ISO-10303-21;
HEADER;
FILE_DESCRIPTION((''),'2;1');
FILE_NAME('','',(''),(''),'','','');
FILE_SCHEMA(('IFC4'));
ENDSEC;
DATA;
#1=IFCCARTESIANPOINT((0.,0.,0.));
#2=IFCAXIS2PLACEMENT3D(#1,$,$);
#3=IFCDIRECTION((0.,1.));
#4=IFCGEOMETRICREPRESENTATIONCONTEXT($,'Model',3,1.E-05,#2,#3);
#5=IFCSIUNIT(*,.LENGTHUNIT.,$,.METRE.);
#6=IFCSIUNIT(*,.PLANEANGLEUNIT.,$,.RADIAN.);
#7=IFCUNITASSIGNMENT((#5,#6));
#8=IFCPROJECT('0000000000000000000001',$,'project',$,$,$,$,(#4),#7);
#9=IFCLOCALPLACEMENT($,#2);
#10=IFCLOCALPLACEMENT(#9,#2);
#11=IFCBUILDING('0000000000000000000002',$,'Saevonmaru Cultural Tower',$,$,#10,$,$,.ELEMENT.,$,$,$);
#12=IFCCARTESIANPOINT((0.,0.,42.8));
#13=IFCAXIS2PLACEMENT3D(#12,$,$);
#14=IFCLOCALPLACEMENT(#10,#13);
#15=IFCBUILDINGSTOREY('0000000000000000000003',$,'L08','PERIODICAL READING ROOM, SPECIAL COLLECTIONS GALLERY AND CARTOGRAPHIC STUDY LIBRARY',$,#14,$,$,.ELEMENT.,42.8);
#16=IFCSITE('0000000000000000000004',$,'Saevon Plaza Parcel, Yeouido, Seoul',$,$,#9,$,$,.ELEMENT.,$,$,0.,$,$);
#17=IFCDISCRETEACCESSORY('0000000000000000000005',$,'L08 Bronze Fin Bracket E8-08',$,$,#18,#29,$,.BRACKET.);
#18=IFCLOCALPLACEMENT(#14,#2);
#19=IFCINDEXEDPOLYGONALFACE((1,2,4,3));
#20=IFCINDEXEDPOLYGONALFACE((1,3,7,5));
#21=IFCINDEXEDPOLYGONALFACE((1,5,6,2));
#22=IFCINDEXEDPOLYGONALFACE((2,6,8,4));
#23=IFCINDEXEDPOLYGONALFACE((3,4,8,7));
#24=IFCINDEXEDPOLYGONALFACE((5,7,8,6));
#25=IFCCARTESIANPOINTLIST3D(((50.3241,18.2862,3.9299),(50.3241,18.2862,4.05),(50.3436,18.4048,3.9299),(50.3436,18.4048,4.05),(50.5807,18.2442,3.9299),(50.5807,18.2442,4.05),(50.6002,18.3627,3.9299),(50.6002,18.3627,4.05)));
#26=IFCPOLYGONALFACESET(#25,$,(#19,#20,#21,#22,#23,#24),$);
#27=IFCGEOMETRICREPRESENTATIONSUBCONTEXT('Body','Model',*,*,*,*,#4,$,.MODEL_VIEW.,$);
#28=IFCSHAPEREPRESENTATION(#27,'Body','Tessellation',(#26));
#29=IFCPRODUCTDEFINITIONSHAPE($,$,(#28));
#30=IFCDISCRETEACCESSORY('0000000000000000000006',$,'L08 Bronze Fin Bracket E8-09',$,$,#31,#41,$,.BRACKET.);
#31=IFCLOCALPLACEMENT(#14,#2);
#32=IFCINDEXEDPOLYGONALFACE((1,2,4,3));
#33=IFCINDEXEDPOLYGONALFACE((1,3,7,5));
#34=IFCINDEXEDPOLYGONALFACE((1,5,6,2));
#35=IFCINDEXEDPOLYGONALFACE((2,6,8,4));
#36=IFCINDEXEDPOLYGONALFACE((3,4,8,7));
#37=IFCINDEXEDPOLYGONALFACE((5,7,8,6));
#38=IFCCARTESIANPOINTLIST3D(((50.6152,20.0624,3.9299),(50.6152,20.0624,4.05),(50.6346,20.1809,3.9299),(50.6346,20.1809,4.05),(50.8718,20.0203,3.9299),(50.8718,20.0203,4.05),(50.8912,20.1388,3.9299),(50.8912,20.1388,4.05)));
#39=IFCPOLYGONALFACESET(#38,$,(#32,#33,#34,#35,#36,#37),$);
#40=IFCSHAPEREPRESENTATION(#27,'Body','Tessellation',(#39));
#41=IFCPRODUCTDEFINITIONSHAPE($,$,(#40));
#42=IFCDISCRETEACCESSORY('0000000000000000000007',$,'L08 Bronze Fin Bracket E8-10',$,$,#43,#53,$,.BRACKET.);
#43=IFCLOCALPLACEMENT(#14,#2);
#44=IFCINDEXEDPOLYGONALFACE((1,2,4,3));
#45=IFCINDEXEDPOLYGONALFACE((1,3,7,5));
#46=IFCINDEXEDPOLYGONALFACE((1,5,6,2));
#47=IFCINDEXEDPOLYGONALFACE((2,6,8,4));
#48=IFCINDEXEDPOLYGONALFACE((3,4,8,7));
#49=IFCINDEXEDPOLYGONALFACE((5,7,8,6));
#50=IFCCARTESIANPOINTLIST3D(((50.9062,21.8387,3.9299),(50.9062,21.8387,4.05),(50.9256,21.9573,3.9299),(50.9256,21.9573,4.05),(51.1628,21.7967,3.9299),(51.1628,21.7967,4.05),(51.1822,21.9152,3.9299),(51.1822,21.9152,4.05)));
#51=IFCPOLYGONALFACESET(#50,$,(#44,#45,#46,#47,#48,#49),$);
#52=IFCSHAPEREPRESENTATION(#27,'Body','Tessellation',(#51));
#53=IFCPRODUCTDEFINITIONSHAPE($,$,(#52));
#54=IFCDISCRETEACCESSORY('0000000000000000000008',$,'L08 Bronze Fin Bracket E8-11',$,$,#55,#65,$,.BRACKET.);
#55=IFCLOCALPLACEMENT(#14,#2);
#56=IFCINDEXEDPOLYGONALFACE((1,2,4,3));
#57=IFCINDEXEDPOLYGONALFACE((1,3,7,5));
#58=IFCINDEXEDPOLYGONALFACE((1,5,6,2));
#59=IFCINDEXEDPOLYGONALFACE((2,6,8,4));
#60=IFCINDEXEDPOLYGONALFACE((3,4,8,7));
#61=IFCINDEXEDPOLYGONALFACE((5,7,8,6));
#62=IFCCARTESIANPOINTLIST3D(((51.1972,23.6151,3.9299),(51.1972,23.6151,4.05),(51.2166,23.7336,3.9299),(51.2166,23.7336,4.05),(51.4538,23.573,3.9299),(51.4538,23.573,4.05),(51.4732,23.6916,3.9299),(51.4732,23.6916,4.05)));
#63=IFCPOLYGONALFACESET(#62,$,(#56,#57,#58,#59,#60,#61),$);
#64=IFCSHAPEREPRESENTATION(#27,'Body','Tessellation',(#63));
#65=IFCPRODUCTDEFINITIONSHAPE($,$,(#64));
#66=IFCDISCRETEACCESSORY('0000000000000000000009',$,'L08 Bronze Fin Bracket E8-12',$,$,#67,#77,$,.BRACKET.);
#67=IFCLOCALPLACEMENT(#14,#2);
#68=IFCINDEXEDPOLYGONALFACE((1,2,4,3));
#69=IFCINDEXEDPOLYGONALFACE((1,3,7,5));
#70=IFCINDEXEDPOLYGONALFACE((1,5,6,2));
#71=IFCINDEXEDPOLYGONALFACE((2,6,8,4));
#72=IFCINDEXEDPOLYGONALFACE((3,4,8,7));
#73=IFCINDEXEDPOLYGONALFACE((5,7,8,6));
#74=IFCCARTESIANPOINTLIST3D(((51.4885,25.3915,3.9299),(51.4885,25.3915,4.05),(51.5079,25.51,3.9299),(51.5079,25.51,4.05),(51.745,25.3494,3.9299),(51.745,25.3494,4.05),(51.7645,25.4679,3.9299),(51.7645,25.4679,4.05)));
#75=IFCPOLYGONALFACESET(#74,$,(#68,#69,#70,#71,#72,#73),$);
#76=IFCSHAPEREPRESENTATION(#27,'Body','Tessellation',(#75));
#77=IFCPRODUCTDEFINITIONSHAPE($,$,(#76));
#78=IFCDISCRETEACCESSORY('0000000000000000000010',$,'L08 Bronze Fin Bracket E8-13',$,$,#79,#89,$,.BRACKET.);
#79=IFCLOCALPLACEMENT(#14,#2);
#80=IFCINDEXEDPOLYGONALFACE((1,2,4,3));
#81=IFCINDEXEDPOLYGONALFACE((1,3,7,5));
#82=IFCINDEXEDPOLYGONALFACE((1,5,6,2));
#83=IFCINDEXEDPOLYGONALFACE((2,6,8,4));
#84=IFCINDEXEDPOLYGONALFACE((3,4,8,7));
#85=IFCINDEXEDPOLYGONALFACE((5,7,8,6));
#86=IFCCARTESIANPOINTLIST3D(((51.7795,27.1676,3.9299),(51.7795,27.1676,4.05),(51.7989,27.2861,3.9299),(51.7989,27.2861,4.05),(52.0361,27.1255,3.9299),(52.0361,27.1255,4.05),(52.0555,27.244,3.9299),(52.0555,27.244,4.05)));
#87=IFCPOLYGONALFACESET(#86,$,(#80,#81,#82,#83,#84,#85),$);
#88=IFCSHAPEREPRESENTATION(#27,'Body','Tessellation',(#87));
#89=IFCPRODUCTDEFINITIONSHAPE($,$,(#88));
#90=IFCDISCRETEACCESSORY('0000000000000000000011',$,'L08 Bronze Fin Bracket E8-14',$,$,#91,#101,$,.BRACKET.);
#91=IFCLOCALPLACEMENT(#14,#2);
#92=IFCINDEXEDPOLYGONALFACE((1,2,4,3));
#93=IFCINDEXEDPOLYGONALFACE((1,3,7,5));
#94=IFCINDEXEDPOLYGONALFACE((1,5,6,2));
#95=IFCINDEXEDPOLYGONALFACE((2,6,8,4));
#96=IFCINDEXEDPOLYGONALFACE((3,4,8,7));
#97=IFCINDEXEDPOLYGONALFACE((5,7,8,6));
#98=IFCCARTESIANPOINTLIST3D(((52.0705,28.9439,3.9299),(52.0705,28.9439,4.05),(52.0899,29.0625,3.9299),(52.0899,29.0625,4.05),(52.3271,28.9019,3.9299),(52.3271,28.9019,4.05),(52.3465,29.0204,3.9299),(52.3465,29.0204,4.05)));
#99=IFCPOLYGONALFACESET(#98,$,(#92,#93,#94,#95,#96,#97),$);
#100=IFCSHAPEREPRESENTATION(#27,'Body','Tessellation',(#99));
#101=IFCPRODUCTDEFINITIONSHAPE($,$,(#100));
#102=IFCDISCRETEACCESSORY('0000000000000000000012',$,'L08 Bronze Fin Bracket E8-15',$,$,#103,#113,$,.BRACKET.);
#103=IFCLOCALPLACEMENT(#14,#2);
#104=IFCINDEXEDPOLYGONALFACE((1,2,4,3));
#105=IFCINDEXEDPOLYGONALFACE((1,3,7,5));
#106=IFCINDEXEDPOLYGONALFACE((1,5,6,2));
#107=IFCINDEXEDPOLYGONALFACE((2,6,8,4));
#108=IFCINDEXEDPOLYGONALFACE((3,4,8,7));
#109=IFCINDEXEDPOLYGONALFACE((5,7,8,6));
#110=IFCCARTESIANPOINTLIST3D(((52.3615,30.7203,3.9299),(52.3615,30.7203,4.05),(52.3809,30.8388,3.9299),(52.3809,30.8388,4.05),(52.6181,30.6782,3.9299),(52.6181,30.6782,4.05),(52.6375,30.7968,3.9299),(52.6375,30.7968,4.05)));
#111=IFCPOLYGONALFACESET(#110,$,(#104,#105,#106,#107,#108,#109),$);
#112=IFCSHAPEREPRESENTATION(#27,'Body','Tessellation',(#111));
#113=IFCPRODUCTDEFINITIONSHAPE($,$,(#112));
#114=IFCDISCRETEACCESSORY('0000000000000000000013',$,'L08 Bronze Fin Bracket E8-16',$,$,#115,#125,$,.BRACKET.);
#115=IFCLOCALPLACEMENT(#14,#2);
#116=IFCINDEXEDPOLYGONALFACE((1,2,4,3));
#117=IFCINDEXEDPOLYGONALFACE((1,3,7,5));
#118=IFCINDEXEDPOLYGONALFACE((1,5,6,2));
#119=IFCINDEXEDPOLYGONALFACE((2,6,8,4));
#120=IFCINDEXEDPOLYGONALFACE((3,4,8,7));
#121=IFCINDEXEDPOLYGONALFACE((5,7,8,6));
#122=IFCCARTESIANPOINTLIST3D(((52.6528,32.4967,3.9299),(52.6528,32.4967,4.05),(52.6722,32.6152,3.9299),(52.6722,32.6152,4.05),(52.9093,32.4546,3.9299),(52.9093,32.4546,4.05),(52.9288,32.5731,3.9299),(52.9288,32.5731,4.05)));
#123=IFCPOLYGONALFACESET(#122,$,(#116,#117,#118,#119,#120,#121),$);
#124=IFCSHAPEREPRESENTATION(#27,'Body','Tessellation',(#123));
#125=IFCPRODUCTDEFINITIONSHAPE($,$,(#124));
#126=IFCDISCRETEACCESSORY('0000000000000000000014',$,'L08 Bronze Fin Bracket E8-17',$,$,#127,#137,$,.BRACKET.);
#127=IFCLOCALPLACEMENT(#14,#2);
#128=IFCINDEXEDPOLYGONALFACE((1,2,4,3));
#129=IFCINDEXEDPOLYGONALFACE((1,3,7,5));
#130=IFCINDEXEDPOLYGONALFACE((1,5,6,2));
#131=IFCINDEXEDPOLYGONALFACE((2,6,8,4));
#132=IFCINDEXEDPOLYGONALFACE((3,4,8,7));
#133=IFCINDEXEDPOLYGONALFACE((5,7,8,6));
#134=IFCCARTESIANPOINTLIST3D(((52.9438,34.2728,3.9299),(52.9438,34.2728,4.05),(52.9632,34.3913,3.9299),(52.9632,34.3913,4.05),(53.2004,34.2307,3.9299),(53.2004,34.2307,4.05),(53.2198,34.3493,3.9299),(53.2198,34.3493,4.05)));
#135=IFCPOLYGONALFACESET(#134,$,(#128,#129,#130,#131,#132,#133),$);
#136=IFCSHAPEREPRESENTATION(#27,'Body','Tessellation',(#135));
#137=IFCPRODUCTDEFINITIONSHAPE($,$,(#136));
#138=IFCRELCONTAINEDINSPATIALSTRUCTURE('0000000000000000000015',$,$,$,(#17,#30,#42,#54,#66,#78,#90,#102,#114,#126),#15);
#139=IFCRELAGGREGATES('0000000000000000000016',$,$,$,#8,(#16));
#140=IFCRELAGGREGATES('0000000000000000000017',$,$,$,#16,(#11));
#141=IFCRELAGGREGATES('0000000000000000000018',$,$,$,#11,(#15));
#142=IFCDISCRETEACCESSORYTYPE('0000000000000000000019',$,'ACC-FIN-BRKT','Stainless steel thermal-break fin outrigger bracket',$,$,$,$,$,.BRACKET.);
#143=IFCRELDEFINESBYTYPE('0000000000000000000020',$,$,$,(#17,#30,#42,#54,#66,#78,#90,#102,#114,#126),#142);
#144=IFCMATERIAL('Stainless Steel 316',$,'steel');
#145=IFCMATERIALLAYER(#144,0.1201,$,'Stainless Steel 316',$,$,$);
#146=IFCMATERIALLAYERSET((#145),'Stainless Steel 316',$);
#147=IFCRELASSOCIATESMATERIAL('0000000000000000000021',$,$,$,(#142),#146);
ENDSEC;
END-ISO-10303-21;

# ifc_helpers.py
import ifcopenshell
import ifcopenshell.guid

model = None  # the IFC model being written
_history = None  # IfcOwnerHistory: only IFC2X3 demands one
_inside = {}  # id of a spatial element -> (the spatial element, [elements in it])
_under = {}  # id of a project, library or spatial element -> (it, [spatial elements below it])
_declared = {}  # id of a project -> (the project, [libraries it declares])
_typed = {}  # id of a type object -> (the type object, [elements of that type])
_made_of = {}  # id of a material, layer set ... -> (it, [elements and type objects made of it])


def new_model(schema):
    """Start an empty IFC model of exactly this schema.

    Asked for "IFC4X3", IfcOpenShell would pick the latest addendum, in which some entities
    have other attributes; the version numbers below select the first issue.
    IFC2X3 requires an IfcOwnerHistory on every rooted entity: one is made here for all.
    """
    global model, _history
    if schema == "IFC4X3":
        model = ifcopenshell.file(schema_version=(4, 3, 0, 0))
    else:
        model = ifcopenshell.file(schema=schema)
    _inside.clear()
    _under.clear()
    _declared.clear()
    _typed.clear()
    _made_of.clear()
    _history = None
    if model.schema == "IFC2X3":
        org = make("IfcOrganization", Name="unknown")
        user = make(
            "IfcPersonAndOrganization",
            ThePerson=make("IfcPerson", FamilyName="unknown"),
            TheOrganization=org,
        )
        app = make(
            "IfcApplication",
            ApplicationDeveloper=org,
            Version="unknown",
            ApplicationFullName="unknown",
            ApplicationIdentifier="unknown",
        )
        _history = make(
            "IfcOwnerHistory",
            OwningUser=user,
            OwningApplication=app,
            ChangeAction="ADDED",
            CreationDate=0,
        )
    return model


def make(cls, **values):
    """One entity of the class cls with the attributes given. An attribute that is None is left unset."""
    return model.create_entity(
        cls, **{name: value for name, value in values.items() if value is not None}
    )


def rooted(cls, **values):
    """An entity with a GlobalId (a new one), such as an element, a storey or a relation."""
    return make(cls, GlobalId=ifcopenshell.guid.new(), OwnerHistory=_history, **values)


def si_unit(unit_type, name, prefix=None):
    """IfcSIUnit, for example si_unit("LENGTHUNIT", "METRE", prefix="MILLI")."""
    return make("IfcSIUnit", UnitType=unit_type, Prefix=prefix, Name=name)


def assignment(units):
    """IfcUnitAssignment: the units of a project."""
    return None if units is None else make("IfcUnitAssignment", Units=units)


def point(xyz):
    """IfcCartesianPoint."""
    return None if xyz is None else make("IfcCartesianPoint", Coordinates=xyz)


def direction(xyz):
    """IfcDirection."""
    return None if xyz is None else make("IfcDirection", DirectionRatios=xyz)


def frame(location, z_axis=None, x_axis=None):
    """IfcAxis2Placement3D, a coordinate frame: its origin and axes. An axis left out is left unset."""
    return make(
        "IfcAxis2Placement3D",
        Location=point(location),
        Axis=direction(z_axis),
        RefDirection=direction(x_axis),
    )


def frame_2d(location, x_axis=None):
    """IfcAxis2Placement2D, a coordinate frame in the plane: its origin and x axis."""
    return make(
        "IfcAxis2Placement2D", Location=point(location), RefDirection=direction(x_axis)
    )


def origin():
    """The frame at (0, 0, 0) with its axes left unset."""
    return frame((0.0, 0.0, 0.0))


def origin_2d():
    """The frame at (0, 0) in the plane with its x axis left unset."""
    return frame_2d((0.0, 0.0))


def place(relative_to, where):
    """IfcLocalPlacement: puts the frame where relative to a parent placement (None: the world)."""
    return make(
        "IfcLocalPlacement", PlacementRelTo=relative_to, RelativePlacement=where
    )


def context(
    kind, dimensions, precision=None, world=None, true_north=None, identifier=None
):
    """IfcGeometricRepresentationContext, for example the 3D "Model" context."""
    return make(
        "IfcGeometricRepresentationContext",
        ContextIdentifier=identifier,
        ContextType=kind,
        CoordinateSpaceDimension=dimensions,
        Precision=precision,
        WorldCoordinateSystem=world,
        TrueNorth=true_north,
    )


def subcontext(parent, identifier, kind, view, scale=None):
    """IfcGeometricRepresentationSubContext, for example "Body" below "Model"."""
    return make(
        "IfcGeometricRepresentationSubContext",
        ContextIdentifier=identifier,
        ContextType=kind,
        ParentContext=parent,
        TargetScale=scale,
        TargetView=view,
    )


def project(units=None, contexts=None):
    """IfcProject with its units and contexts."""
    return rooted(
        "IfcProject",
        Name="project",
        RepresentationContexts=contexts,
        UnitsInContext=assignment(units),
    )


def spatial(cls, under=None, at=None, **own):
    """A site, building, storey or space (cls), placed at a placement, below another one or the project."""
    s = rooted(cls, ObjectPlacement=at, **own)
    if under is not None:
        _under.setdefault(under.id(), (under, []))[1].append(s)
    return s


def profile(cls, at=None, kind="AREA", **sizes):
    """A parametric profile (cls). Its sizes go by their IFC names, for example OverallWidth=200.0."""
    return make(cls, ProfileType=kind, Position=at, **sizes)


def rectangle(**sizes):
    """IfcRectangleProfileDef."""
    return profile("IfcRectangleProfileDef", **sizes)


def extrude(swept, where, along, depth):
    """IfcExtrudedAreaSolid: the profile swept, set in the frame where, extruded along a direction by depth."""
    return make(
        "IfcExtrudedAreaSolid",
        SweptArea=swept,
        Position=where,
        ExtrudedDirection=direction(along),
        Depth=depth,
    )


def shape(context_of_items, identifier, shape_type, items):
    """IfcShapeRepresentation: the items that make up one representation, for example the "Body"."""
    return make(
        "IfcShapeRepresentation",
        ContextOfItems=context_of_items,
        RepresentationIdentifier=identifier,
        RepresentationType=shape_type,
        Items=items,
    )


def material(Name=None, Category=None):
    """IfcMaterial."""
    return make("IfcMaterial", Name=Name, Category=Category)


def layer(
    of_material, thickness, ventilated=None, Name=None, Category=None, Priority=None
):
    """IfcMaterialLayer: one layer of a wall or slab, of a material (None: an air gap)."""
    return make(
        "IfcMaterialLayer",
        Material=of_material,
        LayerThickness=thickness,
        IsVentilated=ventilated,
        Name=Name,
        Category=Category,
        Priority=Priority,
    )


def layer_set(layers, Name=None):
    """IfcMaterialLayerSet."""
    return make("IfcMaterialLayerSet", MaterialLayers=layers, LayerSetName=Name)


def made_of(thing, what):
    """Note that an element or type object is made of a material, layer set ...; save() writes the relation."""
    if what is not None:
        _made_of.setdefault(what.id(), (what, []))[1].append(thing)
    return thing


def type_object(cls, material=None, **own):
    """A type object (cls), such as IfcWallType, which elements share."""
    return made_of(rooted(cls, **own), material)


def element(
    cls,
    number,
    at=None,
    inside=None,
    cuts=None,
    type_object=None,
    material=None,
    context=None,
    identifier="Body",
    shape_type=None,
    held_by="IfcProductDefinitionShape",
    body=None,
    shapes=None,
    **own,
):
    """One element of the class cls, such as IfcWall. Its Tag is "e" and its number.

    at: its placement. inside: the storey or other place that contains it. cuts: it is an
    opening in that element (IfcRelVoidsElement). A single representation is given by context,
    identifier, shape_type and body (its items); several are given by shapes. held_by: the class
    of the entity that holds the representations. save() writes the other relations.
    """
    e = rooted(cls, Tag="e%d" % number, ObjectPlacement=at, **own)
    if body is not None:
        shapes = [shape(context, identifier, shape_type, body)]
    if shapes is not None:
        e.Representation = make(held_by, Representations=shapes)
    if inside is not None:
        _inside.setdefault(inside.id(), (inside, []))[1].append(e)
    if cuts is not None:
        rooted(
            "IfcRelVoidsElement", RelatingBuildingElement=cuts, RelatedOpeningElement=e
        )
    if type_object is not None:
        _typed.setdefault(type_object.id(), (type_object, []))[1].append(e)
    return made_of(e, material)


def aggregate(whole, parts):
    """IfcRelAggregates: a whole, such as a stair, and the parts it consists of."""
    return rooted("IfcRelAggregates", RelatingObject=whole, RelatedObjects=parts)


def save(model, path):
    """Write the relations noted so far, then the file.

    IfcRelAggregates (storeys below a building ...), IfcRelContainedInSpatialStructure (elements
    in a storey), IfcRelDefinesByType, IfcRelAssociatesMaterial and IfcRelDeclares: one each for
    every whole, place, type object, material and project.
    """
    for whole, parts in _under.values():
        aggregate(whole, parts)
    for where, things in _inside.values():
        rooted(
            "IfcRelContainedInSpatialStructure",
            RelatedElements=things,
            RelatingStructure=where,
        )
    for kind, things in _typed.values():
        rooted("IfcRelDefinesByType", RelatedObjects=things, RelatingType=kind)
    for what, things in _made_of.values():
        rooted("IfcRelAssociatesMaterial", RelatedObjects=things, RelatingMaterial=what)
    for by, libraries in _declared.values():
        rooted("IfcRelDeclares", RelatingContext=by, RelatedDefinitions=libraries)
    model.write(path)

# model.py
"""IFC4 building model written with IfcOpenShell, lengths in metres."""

from ifc_helpers import new_model, si_unit, direction, frame, origin, origin_2d, place, context, subcontext, project, spatial, rectangle, extrude, material, layer, layer_set, type_object, element, save


model = new_model("IFC4")

# Units and contexts
model_context = context("Model", 3, precision=1e-05, world=origin(), true_north=direction((0.0, 1.0)))
body_context = subcontext(model_context, "Body", "Model", "MODEL_VIEW")
ifc_project = project(units=[si_unit("LENGTHUNIT", "METRE"), si_unit("PLANEANGLEUNIT", "RADIAN")], contexts=[model_context])

# Site, building, storey
site_placement = place(None, origin())
site = spatial("IfcSite", under=ifc_project, at=site_placement, Name="Saevon Plaza Parcel, Yeouido, Seoul", CompositionType="ELEMENT", RefElevation=0.0)
building_placement = place(site_placement, origin())
building = spatial("IfcBuilding", under=site, at=building_placement, Name="Saevonmaru Cultural Tower", CompositionType="ELEMENT")
storey_placement = place(building_placement, frame((0.0, 0.0, 42.8)))
storey = spatial("IfcBuildingStorey", under=building, at=storey_placement, Name="L08", Description="PERIODICAL READING ROOM, SPECIAL COLLECTIONS GALLERY AND CARTOGRAPHIC STUDY LIBRARY", CompositionType="ELEMENT", Elevation=42.8)

# Discrete accessories
ifc_material_1 = material(Name="Stainless Steel 316", Category="steel")
ifc_layer_1 = layer(ifc_material_1, 0.1201, Name="Stainless Steel 316")
ifc_layer_set_1 = layer_set([ifc_layer_1], Name="Stainless Steel 316")
discrete_accessory_type = type_object("IfcDiscreteAccessoryType", Name="ACC-FIN-BRKT", Description="Stainless steel thermal-break fin outrigger bracket", PredefinedType="BRACKET", material=ifc_layer_set_1)
for number, where, z_axis, x_axis, name in (
    (1, (50.4622, 18.3245, 3.9299), (0.0, 0.0, 1.0), (0.986827, -0.161776, 0.0), "L08 Bronze Fin Bracket E8-08"),
    (2, (50.7532, 20.1006, 3.9299), (0.0, 0.0, 1.0), (0.986827, -0.161776, 0.0), "L08 Bronze Fin Bracket E8-09"),
    (3, (51.0442, 21.877, 3.9299), (0.0, 0.0, 1.0), (0.986827, -0.161776, 0.0), "L08 Bronze Fin Bracket E8-10"),
    (4, (51.3352, 23.6533, 3.9299), (0.0, 0.0, 1.0), (0.986827, -0.161776, 0.0), "L08 Bronze Fin Bracket E8-11"),
    (5, (51.6265, 25.4297, 3.9299), (0.0, 0.0, 1.0), (0.986827, -0.161776, 0.0), "L08 Bronze Fin Bracket E8-12"),
    (6, (51.9175, 27.2058, 3.9299), (0.0, 0.0, 1.0), (0.986827, -0.161776, 0.0), "L08 Bronze Fin Bracket E8-13"),
    (7, (52.2085, 28.9822, 3.9299), (0.0, 0.0, 1.0), (0.986827, -0.161776, 0.0), "L08 Bronze Fin Bracket E8-14"),
    (8, (52.4995, 30.7585, 3.9299), (0.0, 0.0, 1.0), (0.986827, -0.161776, 0.0), "L08 Bronze Fin Bracket E8-15"),
    (9, (52.7908, 32.5349, 3.9299), (0.0, 0.0, 1.0), (0.986827, -0.161776, 0.0), "L08 Bronze Fin Bracket E8-16"),
    (10, (53.0818, 34.311, 3.9299), (0.0, 0.0, 1.0), (0.986827, -0.161776, 0.0), "L08 Bronze Fin Bracket E8-17"),
):
    element("IfcDiscreteAccessory", number, at=place(storey_placement, frame(where, z_axis=z_axis, x_axis=x_axis)), inside=storey, type_object=discrete_accessory_type, Name=name, PredefinedType="BRACKET", context=body_context, shape_type="SweptSolid", body=[
        extrude(rectangle(XDim=0.26, YDim=0.1201, at=origin_2d()), origin(), (0.0, 0.0, 1.0), 0.1201),
    ])

save(model, "model.ifc")
